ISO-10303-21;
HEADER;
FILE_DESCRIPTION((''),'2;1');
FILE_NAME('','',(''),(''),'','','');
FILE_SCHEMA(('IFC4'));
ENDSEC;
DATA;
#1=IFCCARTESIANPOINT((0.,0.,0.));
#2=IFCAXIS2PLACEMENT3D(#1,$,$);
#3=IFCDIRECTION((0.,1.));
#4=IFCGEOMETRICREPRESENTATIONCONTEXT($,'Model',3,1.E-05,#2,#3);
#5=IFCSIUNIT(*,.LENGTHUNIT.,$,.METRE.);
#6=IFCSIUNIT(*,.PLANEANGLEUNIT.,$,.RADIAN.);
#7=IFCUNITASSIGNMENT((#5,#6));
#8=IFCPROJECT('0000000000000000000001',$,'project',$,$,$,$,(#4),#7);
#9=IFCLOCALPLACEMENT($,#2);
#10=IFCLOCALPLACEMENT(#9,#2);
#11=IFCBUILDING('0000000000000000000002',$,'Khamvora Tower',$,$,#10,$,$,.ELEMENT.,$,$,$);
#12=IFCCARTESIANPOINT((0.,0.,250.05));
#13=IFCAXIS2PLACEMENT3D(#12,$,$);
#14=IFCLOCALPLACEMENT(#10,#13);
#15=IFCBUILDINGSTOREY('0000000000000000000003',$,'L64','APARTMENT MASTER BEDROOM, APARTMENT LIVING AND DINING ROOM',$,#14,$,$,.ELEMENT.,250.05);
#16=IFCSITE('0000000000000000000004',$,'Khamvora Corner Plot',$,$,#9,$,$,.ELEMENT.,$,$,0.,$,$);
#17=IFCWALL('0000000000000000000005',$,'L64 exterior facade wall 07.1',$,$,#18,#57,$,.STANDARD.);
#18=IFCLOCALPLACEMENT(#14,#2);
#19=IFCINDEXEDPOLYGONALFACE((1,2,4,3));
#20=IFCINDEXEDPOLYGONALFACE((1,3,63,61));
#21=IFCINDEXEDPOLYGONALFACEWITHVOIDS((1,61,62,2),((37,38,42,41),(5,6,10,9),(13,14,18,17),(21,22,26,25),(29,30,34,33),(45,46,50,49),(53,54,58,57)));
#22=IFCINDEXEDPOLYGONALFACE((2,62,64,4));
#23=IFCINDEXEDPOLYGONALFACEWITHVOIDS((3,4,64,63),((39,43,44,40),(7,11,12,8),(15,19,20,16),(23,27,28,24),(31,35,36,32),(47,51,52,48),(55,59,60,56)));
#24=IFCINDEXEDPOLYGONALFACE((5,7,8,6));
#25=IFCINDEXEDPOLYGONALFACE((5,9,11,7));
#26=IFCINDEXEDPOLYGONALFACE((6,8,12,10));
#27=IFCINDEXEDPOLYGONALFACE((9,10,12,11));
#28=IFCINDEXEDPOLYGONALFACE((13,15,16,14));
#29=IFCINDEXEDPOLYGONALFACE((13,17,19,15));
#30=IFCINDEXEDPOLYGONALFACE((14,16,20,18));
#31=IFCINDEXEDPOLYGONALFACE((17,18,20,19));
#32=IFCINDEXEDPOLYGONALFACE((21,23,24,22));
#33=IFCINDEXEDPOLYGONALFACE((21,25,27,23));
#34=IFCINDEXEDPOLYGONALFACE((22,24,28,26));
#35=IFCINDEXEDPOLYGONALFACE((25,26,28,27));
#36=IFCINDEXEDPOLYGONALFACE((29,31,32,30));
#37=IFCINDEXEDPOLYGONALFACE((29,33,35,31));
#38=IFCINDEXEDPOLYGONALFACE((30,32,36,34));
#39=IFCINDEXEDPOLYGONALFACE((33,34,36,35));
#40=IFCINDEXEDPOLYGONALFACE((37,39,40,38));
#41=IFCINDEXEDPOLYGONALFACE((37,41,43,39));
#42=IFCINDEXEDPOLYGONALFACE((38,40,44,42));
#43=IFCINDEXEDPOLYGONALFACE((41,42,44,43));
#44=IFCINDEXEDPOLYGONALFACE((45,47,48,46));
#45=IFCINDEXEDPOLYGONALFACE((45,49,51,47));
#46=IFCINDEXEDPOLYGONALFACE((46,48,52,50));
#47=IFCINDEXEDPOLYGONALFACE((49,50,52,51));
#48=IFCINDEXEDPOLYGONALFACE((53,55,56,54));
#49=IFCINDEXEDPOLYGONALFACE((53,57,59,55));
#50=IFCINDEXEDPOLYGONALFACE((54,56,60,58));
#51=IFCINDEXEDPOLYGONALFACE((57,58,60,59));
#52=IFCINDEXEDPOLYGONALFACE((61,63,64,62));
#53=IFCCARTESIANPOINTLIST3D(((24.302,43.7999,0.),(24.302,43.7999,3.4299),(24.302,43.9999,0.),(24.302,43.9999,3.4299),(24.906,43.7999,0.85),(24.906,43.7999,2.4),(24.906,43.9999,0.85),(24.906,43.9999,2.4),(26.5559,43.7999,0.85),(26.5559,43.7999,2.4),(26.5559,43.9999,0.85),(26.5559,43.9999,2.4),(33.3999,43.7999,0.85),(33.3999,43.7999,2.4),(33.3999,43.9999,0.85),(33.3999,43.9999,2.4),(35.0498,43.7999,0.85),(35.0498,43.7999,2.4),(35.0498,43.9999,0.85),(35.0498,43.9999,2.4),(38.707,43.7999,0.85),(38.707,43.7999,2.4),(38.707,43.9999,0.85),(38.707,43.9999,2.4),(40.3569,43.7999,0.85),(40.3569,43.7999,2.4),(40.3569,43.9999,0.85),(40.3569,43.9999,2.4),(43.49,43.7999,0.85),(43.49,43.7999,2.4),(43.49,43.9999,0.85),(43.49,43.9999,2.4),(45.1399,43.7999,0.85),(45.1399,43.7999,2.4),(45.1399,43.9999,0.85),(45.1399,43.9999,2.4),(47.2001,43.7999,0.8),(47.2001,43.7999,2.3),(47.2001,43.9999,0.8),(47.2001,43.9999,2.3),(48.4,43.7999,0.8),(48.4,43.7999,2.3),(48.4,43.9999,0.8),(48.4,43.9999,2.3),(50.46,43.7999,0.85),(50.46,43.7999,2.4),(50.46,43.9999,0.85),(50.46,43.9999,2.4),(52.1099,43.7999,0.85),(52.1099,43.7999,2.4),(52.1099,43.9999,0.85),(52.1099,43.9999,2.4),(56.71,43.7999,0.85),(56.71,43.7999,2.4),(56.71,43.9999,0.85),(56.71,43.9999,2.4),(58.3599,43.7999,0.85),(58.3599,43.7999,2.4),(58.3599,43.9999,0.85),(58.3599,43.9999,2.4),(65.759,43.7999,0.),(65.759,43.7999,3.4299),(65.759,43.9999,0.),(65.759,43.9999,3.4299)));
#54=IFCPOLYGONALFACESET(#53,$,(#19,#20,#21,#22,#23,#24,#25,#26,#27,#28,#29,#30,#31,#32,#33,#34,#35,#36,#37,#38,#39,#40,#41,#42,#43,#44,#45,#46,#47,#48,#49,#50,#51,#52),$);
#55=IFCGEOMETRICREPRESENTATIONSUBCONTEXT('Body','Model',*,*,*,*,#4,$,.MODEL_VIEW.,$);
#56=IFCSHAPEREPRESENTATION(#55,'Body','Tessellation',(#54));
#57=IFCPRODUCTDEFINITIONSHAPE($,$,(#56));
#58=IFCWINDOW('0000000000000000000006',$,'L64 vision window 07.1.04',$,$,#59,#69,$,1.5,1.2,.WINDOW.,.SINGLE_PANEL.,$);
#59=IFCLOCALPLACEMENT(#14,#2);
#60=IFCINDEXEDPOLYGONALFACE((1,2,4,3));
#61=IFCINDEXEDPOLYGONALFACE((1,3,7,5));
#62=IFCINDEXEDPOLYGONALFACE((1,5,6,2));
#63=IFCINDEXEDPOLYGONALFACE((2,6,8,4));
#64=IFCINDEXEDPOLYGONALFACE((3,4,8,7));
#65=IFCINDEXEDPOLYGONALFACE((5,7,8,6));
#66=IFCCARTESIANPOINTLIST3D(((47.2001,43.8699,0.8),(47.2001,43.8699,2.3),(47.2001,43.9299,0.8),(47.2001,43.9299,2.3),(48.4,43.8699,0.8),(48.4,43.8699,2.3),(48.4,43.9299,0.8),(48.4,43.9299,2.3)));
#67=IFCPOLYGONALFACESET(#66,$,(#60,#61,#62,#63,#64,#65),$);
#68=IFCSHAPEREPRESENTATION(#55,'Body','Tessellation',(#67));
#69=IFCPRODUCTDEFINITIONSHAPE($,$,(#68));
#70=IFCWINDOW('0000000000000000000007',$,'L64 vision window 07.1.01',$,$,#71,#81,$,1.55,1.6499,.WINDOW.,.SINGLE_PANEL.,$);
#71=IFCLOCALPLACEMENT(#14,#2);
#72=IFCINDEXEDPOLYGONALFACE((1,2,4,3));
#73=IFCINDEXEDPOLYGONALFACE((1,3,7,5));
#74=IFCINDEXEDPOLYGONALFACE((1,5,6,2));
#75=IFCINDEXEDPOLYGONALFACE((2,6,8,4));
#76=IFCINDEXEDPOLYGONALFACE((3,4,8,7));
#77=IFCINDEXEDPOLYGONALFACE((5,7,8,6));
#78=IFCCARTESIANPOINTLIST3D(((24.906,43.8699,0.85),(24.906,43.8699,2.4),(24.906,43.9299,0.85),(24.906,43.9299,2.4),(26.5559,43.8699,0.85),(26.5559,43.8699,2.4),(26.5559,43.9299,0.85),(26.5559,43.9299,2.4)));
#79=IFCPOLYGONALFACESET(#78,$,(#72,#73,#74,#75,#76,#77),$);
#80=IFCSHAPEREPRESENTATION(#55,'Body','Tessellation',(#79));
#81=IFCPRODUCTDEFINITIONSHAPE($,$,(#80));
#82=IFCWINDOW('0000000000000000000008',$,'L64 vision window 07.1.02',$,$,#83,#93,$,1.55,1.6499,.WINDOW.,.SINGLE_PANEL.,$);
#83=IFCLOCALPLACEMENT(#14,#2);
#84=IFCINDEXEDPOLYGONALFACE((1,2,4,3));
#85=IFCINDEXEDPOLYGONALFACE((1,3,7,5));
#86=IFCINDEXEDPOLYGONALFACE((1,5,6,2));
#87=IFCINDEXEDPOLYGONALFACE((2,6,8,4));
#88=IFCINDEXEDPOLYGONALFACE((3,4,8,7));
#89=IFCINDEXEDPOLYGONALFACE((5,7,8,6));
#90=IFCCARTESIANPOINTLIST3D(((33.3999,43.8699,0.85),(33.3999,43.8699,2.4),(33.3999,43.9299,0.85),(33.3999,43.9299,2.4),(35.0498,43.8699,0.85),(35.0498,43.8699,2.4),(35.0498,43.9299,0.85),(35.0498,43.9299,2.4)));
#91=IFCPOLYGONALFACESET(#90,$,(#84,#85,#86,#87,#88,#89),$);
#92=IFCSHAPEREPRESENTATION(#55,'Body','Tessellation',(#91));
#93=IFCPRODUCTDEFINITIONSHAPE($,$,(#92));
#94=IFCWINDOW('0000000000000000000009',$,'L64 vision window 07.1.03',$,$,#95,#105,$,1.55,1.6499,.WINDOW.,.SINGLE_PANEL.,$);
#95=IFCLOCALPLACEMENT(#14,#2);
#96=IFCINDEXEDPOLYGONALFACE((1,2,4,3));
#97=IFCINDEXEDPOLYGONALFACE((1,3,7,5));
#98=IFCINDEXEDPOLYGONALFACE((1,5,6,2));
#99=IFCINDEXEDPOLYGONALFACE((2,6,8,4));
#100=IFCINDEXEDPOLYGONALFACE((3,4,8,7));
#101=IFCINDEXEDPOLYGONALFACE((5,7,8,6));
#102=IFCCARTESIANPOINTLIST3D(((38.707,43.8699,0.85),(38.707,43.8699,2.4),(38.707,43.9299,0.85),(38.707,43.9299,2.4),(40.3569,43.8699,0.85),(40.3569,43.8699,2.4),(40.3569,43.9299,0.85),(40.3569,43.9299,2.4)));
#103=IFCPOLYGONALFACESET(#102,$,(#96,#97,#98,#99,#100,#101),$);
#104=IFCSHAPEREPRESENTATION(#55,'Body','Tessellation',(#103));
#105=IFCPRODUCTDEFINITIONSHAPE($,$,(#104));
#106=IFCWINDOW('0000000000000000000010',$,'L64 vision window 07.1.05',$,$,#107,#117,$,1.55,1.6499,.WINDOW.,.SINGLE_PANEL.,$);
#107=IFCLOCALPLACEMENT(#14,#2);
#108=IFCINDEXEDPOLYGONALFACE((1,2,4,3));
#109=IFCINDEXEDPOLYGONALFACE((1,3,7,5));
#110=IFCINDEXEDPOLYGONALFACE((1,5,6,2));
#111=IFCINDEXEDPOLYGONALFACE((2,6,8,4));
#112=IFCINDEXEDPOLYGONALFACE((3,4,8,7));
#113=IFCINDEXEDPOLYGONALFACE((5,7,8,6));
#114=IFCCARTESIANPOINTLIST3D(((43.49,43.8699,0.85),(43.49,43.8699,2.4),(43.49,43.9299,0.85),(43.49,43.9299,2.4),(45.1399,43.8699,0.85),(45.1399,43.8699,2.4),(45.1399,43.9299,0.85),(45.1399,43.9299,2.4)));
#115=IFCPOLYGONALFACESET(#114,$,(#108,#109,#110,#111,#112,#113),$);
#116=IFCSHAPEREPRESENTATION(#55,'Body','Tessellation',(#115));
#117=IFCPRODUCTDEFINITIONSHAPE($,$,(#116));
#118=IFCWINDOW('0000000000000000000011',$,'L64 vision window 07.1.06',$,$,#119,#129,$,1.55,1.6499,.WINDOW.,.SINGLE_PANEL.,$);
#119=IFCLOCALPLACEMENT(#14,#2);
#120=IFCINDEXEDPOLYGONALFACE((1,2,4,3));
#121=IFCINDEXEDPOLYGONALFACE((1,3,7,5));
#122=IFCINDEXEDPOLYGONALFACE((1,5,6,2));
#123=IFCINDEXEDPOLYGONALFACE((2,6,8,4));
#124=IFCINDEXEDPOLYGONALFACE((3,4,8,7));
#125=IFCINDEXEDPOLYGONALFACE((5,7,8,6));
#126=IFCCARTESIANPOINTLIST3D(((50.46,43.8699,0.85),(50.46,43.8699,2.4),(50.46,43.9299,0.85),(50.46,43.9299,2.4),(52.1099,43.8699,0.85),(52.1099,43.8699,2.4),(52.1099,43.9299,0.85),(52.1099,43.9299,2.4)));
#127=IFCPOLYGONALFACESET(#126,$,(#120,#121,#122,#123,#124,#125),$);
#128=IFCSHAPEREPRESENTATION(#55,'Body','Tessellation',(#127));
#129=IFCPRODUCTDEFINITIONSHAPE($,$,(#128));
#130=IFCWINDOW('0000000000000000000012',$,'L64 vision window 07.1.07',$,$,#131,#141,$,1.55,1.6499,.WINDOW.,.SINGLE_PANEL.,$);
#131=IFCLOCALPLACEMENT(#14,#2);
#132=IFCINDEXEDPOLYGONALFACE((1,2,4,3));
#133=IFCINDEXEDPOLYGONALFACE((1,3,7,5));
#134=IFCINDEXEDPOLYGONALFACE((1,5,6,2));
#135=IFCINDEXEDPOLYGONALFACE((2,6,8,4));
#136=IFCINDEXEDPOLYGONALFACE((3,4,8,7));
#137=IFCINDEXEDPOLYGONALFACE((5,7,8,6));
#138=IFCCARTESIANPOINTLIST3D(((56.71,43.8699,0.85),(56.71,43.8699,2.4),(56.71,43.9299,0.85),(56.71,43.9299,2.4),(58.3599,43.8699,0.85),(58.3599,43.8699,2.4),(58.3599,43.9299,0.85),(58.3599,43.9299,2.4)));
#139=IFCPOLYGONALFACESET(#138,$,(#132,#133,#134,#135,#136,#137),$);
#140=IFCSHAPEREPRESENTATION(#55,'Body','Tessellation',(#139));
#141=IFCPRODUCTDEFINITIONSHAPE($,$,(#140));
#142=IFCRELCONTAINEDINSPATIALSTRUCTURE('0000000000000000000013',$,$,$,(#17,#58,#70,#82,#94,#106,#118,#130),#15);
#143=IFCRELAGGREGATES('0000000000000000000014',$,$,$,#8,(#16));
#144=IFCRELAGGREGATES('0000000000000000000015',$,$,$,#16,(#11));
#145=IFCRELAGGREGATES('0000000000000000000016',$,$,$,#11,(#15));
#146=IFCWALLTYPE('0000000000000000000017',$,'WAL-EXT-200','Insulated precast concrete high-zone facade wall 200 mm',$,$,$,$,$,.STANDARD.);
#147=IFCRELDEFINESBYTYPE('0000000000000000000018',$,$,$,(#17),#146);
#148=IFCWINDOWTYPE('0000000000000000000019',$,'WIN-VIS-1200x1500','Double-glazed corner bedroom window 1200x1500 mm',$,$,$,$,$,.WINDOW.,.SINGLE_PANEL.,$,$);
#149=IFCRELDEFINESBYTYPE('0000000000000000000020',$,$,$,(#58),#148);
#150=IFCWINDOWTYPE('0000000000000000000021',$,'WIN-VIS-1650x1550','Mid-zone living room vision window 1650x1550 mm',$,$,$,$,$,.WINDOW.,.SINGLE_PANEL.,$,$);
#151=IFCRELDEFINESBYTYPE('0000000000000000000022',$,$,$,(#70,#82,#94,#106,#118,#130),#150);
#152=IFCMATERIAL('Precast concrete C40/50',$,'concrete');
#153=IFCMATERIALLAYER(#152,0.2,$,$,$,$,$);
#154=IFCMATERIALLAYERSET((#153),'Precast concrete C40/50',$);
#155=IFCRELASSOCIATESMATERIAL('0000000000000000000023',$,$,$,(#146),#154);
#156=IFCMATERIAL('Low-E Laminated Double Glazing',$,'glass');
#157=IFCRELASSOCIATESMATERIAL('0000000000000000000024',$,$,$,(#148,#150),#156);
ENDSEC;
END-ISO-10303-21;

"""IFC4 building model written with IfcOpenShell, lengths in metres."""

from ifc_helpers import new_model, si_unit, direction, frame, frame_2d, origin, place, context, subcontext, project, spatial, rectangle, extrude, material, layer, layer_set, type_object, element, fill, save


model = new_model("IFC4")

# Units and contexts
model_context = context("Model", 3, precision=1e-05, world=origin(), true_north=direction((0.0, 1.0)))
body_context = subcontext(model_context, "Body", "Model", "MODEL_VIEW")
ifc_project = project(units=[si_unit("LENGTHUNIT", "METRE"), si_unit("PLANEANGLEUNIT", "RADIAN")], contexts=[model_context])

# Site, building, storey
site_placement = place(None, origin())
site = spatial("IfcSite", under=ifc_project, at=site_placement, Name="Khamvora Corner Plot", CompositionType="ELEMENT", RefElevation=0.0)
building_placement = place(site_placement, origin())
building = spatial("IfcBuilding", under=site, at=building_placement, Name="Khamvora Tower", CompositionType="ELEMENT")
storey_placement = place(building_placement, frame((0.0, 0.0, 250.05)))
storey = spatial("IfcBuildingStorey", under=building, at=storey_placement, Name="L64", Description="APARTMENT MASTER BEDROOM, APARTMENT LIVING AND DINING ROOM", CompositionType="ELEMENT", Elevation=250.05)

# Shared definitions
ifc_material_1 = material(Name="Precast concrete C40/50", Category="concrete")
ifc_layer_1 = layer(ifc_material_1, 0.2)
ifc_layer_set_1 = layer_set([ifc_layer_1], Name="Precast concrete C40/50")
wall_type_1 = type_object("IfcWallType", Name="WAL-EXT-200", Description="Insulated precast concrete high-zone facade wall 200 mm", PredefinedType="STANDARD", material=ifc_layer_set_1)

# Wall, openings, windows
wall_1_placement = place(storey_placement, frame((24.302, 43.8999, 0.0), z_axis=(0.0, 0.0, 1.0), x_axis=(1.0, 0.0, 0.0)))
wall_1 = element("IfcWall", 1, at=wall_1_placement, inside=storey, type_object=wall_type_1, Name="L64 exterior facade wall 07.1", PredefinedType="STANDARD", context=body_context, shape_type="SweptSolid", body=[
    extrude(rectangle(XDim=41.457, YDim=0.2, at=frame_2d((20.7285, 0.0))), origin(), (0.0, 0.0, 1.0), 3.4299),
])
opening_1_placement = place(wall_1_placement, frame((0.604, 0.0, 0.8501)))
opening_1 = element("IfcOpeningElement", 2, at=opening_1_placement, cuts=wall_1, PredefinedType="OPENING", context=body_context, shape_type="SweptSolid", body=[
    extrude(rectangle(XDim=1.6499, YDim=1.55, at=frame_2d((0.825, 0.7749))), frame((0.0, 0.1099, 0.0), z_axis=(0.0, -1.0, 0.0), x_axis=(1.0, 0.0, 0.0)), (0.0, 0.0, 1.0), 0.22),
])
opening_2_placement = place(wall_1_placement, frame((9.0979, 0.0, 0.8501)))
opening_2 = element("IfcOpeningElement", 3, at=opening_2_placement, cuts=wall_1, PredefinedType="OPENING", context=body_context, shape_type="SweptSolid", body=[
    extrude(rectangle(XDim=1.6499, YDim=1.55, at=frame_2d((0.825, 0.7749))), frame((0.0, 0.1099, 0.0), z_axis=(0.0, -1.0, 0.0), x_axis=(1.0, 0.0, 0.0)), (0.0, 0.0, 1.0), 0.22),
])
opening_3_placement = place(wall_1_placement, frame((14.405, 0.0, 0.8501)))
opening_3 = element("IfcOpeningElement", 4, at=opening_3_placement, cuts=wall_1, PredefinedType="OPENING", context=body_context, shape_type="SweptSolid", body=[
    extrude(rectangle(XDim=1.6499, YDim=1.55, at=frame_2d((0.825, 0.7749))), frame((0.0, 0.1099, 0.0), z_axis=(0.0, -1.0, 0.0), x_axis=(1.0, 0.0, 0.0)), (0.0, 0.0, 1.0), 0.22),
])
opening_4_placement = place(wall_1_placement, frame((22.8979, 0.0, 0.8)))
opening_4 = element("IfcOpeningElement", 5, at=opening_4_placement, cuts=wall_1, PredefinedType="OPENING", context=body_context, shape_type="SweptSolid", body=[
    extrude(rectangle(XDim=1.2, YDim=1.5, at=frame_2d((0.6001, 0.75))), frame((0.0, 0.1099, 0.0), z_axis=(0.0, -1.0, 0.0), x_axis=(1.0, 0.0, 0.0)), (0.0, 0.0, 1.0), 0.22),
])
opening_5_placement = place(wall_1_placement, frame((19.188, 0.0, 0.8501)))
opening_5 = element("IfcOpeningElement", 6, at=opening_5_placement, cuts=wall_1, PredefinedType="OPENING", context=body_context, shape_type="SweptSolid", body=[
    extrude(rectangle(XDim=1.6499, YDim=1.55, at=frame_2d((0.825, 0.7749))), frame((0.0, 0.1099, 0.0), z_axis=(0.0, -1.0, 0.0), x_axis=(1.0, 0.0, 0.0)), (0.0, 0.0, 1.0), 0.22),
])
opening_6_placement = place(wall_1_placement, frame((26.158, 0.0, 0.8501)))
opening_6 = element("IfcOpeningElement", 7, at=opening_6_placement, cuts=wall_1, PredefinedType="OPENING", context=body_context, shape_type="SweptSolid", body=[
    extrude(rectangle(XDim=1.6499, YDim=1.55, at=frame_2d((0.825, 0.7749))), frame((0.0, 0.1099, 0.0), z_axis=(0.0, -1.0, 0.0), x_axis=(1.0, 0.0, 0.0)), (0.0, 0.0, 1.0), 0.22),
])
opening_7_placement = place(wall_1_placement, frame((32.408, 0.0, 0.8501)))
opening_7 = element("IfcOpeningElement", 8, at=opening_7_placement, cuts=wall_1, PredefinedType="OPENING", context=body_context, shape_type="SweptSolid", body=[
    extrude(rectangle(XDim=1.6499, YDim=1.55, at=frame_2d((0.825, 0.7749))), frame((0.0, 0.1099, 0.0), z_axis=(0.0, -1.0, 0.0), x_axis=(1.0, 0.0, 0.0)), (0.0, 0.0, 1.0), 0.22),
])
ifc_material_2 = material(Name="Low-E Laminated Double Glazing", Category="glass")
window_type_1 = type_object("IfcWindowType", Name="WIN-VIS-1200x1500", Description="Double-glazed corner bedroom window 1200x1500 mm", PartitioningType="SINGLE_PANEL", PredefinedType="WINDOW", material=ifc_material_2)
window_1_placement = place(opening_4_placement, origin())
window_1 = element("IfcWindow", 9, at=window_1_placement, inside=storey, type_object=window_type_1, Name="L64 vision window 07.1.04", OverallHeight=1.5, OverallWidth=1.2, PartitioningType="SINGLE_PANEL", PredefinedType="WINDOW", context=body_context, shape_type="SweptSolid", body=[
    extrude(rectangle(XDim=1.2, YDim=1.5, at=frame_2d((0.6001, 0.75))), frame((0.0, 0.03, 0.0), z_axis=(0.0, -1.0, 0.0), x_axis=(1.0, 0.0, 0.0)), (0.0, 0.0, 1.0), 0.0601),
])
fill(opening_4, window_1)
window_type_2 = type_object("IfcWindowType", Name="WIN-VIS-1650x1550", Description="Mid-zone living room vision window 1650x1550 mm", PartitioningType="SINGLE_PANEL", PredefinedType="WINDOW", material=ifc_material_2)
window_2_placement = place(opening_1_placement, origin())
window_2 = element("IfcWindow", 10, at=window_2_placement, inside=storey, type_object=window_type_2, Name="L64 vision window 07.1.01", OverallHeight=1.55, OverallWidth=1.6499, PartitioningType="SINGLE_PANEL", PredefinedType="WINDOW", context=body_context, shape_type="SweptSolid", body=[
    extrude(rectangle(XDim=1.6499, YDim=1.55, at=frame_2d((0.825, 0.7749))), frame((0.0, 0.03, 0.0), z_axis=(0.0, -1.0, 0.0), x_axis=(1.0, 0.0, 0.0)), (0.0, 0.0, 1.0), 0.0601),
])
fill(opening_1, window_2)
window_3_placement = place(opening_2_placement, origin())
window_3 = element("IfcWindow", 11, at=window_3_placement, inside=storey, type_object=window_type_2, Name="L64 vision window 07.1.02", OverallHeight=1.55, OverallWidth=1.6499, PartitioningType="SINGLE_PANEL", PredefinedType="WINDOW", context=body_context, shape_type="SweptSolid", body=[
    extrude(rectangle(XDim=1.6499, YDim=1.55, at=frame_2d((0.825, 0.7749))), frame((0.0, 0.03, 0.0), z_axis=(0.0, -1.0, 0.0), x_axis=(1.0, 0.0, 0.0)), (0.0, 0.0, 1.0), 0.0601),
])
fill(opening_2, window_3)
window_4_placement = place(opening_3_placement, origin())
window_4 = element("IfcWindow", 12, at=window_4_placement, inside=storey, type_object=window_type_2, Name="L64 vision window 07.1.03", OverallHeight=1.55, OverallWidth=1.6499, PartitioningType="SINGLE_PANEL", PredefinedType="WINDOW", context=body_context, shape_type="SweptSolid", body=[
    extrude(rectangle(XDim=1.6499, YDim=1.55, at=frame_2d((0.825, 0.7749))), frame((0.0, 0.03, 0.0), z_axis=(0.0, -1.0, 0.0), x_axis=(1.0, 0.0, 0.0)), (0.0, 0.0, 1.0), 0.0601),
])
fill(opening_3, window_4)
window_5_placement = place(opening_5_placement, origin())
window_5 = element("IfcWindow", 13, at=window_5_placement, inside=storey, type_object=window_type_2, Name="L64 vision window 07.1.05", OverallHeight=1.55, OverallWidth=1.6499, PartitioningType="SINGLE_PANEL", PredefinedType="WINDOW", context=body_context, shape_type="SweptSolid", body=[
    extrude(rectangle(XDim=1.6499, YDim=1.55, at=frame_2d((0.825, 0.7749))), frame((0.0, 0.03, 0.0), z_axis=(0.0, -1.0, 0.0), x_axis=(1.0, 0.0, 0.0)), (0.0, 0.0, 1.0), 0.0601),
])
fill(opening_5, window_5)
window_6_placement = place(opening_6_placement, origin())
window_6 = element("IfcWindow", 14, at=window_6_placement, inside=storey, type_object=window_type_2, Name="L64 vision window 07.1.06", OverallHeight=1.55, OverallWidth=1.6499, PartitioningType="SINGLE_PANEL", PredefinedType="WINDOW", context=body_context, shape_type="SweptSolid", body=[
    extrude(rectangle(XDim=1.6499, YDim=1.55, at=frame_2d((0.825, 0.7749))), frame((0.0, 0.03, 0.0), z_axis=(0.0, -1.0, 0.0), x_axis=(1.0, 0.0, 0.0)), (0.0, 0.0, 1.0), 0.0601),
])
fill(opening_6, window_6)
window_7_placement = place(opening_7_placement, origin())
window_7 = element("IfcWindow", 15, at=window_7_placement, inside=storey, type_object=window_type_2, Name="L64 vision window 07.1.07", OverallHeight=1.55, OverallWidth=1.6499, PartitioningType="SINGLE_PANEL", PredefinedType="WINDOW", context=body_context, shape_type="SweptSolid", body=[
    extrude(rectangle(XDim=1.6499, YDim=1.55, at=frame_2d((0.825, 0.7749))), frame((0.0, 0.03, 0.0), z_axis=(0.0, -1.0, 0.0), x_axis=(1.0, 0.0, 0.0)), (0.0, 0.0, 1.0), 0.0601),
])
fill(opening_7, window_7)

save(model, "model.ifc")
